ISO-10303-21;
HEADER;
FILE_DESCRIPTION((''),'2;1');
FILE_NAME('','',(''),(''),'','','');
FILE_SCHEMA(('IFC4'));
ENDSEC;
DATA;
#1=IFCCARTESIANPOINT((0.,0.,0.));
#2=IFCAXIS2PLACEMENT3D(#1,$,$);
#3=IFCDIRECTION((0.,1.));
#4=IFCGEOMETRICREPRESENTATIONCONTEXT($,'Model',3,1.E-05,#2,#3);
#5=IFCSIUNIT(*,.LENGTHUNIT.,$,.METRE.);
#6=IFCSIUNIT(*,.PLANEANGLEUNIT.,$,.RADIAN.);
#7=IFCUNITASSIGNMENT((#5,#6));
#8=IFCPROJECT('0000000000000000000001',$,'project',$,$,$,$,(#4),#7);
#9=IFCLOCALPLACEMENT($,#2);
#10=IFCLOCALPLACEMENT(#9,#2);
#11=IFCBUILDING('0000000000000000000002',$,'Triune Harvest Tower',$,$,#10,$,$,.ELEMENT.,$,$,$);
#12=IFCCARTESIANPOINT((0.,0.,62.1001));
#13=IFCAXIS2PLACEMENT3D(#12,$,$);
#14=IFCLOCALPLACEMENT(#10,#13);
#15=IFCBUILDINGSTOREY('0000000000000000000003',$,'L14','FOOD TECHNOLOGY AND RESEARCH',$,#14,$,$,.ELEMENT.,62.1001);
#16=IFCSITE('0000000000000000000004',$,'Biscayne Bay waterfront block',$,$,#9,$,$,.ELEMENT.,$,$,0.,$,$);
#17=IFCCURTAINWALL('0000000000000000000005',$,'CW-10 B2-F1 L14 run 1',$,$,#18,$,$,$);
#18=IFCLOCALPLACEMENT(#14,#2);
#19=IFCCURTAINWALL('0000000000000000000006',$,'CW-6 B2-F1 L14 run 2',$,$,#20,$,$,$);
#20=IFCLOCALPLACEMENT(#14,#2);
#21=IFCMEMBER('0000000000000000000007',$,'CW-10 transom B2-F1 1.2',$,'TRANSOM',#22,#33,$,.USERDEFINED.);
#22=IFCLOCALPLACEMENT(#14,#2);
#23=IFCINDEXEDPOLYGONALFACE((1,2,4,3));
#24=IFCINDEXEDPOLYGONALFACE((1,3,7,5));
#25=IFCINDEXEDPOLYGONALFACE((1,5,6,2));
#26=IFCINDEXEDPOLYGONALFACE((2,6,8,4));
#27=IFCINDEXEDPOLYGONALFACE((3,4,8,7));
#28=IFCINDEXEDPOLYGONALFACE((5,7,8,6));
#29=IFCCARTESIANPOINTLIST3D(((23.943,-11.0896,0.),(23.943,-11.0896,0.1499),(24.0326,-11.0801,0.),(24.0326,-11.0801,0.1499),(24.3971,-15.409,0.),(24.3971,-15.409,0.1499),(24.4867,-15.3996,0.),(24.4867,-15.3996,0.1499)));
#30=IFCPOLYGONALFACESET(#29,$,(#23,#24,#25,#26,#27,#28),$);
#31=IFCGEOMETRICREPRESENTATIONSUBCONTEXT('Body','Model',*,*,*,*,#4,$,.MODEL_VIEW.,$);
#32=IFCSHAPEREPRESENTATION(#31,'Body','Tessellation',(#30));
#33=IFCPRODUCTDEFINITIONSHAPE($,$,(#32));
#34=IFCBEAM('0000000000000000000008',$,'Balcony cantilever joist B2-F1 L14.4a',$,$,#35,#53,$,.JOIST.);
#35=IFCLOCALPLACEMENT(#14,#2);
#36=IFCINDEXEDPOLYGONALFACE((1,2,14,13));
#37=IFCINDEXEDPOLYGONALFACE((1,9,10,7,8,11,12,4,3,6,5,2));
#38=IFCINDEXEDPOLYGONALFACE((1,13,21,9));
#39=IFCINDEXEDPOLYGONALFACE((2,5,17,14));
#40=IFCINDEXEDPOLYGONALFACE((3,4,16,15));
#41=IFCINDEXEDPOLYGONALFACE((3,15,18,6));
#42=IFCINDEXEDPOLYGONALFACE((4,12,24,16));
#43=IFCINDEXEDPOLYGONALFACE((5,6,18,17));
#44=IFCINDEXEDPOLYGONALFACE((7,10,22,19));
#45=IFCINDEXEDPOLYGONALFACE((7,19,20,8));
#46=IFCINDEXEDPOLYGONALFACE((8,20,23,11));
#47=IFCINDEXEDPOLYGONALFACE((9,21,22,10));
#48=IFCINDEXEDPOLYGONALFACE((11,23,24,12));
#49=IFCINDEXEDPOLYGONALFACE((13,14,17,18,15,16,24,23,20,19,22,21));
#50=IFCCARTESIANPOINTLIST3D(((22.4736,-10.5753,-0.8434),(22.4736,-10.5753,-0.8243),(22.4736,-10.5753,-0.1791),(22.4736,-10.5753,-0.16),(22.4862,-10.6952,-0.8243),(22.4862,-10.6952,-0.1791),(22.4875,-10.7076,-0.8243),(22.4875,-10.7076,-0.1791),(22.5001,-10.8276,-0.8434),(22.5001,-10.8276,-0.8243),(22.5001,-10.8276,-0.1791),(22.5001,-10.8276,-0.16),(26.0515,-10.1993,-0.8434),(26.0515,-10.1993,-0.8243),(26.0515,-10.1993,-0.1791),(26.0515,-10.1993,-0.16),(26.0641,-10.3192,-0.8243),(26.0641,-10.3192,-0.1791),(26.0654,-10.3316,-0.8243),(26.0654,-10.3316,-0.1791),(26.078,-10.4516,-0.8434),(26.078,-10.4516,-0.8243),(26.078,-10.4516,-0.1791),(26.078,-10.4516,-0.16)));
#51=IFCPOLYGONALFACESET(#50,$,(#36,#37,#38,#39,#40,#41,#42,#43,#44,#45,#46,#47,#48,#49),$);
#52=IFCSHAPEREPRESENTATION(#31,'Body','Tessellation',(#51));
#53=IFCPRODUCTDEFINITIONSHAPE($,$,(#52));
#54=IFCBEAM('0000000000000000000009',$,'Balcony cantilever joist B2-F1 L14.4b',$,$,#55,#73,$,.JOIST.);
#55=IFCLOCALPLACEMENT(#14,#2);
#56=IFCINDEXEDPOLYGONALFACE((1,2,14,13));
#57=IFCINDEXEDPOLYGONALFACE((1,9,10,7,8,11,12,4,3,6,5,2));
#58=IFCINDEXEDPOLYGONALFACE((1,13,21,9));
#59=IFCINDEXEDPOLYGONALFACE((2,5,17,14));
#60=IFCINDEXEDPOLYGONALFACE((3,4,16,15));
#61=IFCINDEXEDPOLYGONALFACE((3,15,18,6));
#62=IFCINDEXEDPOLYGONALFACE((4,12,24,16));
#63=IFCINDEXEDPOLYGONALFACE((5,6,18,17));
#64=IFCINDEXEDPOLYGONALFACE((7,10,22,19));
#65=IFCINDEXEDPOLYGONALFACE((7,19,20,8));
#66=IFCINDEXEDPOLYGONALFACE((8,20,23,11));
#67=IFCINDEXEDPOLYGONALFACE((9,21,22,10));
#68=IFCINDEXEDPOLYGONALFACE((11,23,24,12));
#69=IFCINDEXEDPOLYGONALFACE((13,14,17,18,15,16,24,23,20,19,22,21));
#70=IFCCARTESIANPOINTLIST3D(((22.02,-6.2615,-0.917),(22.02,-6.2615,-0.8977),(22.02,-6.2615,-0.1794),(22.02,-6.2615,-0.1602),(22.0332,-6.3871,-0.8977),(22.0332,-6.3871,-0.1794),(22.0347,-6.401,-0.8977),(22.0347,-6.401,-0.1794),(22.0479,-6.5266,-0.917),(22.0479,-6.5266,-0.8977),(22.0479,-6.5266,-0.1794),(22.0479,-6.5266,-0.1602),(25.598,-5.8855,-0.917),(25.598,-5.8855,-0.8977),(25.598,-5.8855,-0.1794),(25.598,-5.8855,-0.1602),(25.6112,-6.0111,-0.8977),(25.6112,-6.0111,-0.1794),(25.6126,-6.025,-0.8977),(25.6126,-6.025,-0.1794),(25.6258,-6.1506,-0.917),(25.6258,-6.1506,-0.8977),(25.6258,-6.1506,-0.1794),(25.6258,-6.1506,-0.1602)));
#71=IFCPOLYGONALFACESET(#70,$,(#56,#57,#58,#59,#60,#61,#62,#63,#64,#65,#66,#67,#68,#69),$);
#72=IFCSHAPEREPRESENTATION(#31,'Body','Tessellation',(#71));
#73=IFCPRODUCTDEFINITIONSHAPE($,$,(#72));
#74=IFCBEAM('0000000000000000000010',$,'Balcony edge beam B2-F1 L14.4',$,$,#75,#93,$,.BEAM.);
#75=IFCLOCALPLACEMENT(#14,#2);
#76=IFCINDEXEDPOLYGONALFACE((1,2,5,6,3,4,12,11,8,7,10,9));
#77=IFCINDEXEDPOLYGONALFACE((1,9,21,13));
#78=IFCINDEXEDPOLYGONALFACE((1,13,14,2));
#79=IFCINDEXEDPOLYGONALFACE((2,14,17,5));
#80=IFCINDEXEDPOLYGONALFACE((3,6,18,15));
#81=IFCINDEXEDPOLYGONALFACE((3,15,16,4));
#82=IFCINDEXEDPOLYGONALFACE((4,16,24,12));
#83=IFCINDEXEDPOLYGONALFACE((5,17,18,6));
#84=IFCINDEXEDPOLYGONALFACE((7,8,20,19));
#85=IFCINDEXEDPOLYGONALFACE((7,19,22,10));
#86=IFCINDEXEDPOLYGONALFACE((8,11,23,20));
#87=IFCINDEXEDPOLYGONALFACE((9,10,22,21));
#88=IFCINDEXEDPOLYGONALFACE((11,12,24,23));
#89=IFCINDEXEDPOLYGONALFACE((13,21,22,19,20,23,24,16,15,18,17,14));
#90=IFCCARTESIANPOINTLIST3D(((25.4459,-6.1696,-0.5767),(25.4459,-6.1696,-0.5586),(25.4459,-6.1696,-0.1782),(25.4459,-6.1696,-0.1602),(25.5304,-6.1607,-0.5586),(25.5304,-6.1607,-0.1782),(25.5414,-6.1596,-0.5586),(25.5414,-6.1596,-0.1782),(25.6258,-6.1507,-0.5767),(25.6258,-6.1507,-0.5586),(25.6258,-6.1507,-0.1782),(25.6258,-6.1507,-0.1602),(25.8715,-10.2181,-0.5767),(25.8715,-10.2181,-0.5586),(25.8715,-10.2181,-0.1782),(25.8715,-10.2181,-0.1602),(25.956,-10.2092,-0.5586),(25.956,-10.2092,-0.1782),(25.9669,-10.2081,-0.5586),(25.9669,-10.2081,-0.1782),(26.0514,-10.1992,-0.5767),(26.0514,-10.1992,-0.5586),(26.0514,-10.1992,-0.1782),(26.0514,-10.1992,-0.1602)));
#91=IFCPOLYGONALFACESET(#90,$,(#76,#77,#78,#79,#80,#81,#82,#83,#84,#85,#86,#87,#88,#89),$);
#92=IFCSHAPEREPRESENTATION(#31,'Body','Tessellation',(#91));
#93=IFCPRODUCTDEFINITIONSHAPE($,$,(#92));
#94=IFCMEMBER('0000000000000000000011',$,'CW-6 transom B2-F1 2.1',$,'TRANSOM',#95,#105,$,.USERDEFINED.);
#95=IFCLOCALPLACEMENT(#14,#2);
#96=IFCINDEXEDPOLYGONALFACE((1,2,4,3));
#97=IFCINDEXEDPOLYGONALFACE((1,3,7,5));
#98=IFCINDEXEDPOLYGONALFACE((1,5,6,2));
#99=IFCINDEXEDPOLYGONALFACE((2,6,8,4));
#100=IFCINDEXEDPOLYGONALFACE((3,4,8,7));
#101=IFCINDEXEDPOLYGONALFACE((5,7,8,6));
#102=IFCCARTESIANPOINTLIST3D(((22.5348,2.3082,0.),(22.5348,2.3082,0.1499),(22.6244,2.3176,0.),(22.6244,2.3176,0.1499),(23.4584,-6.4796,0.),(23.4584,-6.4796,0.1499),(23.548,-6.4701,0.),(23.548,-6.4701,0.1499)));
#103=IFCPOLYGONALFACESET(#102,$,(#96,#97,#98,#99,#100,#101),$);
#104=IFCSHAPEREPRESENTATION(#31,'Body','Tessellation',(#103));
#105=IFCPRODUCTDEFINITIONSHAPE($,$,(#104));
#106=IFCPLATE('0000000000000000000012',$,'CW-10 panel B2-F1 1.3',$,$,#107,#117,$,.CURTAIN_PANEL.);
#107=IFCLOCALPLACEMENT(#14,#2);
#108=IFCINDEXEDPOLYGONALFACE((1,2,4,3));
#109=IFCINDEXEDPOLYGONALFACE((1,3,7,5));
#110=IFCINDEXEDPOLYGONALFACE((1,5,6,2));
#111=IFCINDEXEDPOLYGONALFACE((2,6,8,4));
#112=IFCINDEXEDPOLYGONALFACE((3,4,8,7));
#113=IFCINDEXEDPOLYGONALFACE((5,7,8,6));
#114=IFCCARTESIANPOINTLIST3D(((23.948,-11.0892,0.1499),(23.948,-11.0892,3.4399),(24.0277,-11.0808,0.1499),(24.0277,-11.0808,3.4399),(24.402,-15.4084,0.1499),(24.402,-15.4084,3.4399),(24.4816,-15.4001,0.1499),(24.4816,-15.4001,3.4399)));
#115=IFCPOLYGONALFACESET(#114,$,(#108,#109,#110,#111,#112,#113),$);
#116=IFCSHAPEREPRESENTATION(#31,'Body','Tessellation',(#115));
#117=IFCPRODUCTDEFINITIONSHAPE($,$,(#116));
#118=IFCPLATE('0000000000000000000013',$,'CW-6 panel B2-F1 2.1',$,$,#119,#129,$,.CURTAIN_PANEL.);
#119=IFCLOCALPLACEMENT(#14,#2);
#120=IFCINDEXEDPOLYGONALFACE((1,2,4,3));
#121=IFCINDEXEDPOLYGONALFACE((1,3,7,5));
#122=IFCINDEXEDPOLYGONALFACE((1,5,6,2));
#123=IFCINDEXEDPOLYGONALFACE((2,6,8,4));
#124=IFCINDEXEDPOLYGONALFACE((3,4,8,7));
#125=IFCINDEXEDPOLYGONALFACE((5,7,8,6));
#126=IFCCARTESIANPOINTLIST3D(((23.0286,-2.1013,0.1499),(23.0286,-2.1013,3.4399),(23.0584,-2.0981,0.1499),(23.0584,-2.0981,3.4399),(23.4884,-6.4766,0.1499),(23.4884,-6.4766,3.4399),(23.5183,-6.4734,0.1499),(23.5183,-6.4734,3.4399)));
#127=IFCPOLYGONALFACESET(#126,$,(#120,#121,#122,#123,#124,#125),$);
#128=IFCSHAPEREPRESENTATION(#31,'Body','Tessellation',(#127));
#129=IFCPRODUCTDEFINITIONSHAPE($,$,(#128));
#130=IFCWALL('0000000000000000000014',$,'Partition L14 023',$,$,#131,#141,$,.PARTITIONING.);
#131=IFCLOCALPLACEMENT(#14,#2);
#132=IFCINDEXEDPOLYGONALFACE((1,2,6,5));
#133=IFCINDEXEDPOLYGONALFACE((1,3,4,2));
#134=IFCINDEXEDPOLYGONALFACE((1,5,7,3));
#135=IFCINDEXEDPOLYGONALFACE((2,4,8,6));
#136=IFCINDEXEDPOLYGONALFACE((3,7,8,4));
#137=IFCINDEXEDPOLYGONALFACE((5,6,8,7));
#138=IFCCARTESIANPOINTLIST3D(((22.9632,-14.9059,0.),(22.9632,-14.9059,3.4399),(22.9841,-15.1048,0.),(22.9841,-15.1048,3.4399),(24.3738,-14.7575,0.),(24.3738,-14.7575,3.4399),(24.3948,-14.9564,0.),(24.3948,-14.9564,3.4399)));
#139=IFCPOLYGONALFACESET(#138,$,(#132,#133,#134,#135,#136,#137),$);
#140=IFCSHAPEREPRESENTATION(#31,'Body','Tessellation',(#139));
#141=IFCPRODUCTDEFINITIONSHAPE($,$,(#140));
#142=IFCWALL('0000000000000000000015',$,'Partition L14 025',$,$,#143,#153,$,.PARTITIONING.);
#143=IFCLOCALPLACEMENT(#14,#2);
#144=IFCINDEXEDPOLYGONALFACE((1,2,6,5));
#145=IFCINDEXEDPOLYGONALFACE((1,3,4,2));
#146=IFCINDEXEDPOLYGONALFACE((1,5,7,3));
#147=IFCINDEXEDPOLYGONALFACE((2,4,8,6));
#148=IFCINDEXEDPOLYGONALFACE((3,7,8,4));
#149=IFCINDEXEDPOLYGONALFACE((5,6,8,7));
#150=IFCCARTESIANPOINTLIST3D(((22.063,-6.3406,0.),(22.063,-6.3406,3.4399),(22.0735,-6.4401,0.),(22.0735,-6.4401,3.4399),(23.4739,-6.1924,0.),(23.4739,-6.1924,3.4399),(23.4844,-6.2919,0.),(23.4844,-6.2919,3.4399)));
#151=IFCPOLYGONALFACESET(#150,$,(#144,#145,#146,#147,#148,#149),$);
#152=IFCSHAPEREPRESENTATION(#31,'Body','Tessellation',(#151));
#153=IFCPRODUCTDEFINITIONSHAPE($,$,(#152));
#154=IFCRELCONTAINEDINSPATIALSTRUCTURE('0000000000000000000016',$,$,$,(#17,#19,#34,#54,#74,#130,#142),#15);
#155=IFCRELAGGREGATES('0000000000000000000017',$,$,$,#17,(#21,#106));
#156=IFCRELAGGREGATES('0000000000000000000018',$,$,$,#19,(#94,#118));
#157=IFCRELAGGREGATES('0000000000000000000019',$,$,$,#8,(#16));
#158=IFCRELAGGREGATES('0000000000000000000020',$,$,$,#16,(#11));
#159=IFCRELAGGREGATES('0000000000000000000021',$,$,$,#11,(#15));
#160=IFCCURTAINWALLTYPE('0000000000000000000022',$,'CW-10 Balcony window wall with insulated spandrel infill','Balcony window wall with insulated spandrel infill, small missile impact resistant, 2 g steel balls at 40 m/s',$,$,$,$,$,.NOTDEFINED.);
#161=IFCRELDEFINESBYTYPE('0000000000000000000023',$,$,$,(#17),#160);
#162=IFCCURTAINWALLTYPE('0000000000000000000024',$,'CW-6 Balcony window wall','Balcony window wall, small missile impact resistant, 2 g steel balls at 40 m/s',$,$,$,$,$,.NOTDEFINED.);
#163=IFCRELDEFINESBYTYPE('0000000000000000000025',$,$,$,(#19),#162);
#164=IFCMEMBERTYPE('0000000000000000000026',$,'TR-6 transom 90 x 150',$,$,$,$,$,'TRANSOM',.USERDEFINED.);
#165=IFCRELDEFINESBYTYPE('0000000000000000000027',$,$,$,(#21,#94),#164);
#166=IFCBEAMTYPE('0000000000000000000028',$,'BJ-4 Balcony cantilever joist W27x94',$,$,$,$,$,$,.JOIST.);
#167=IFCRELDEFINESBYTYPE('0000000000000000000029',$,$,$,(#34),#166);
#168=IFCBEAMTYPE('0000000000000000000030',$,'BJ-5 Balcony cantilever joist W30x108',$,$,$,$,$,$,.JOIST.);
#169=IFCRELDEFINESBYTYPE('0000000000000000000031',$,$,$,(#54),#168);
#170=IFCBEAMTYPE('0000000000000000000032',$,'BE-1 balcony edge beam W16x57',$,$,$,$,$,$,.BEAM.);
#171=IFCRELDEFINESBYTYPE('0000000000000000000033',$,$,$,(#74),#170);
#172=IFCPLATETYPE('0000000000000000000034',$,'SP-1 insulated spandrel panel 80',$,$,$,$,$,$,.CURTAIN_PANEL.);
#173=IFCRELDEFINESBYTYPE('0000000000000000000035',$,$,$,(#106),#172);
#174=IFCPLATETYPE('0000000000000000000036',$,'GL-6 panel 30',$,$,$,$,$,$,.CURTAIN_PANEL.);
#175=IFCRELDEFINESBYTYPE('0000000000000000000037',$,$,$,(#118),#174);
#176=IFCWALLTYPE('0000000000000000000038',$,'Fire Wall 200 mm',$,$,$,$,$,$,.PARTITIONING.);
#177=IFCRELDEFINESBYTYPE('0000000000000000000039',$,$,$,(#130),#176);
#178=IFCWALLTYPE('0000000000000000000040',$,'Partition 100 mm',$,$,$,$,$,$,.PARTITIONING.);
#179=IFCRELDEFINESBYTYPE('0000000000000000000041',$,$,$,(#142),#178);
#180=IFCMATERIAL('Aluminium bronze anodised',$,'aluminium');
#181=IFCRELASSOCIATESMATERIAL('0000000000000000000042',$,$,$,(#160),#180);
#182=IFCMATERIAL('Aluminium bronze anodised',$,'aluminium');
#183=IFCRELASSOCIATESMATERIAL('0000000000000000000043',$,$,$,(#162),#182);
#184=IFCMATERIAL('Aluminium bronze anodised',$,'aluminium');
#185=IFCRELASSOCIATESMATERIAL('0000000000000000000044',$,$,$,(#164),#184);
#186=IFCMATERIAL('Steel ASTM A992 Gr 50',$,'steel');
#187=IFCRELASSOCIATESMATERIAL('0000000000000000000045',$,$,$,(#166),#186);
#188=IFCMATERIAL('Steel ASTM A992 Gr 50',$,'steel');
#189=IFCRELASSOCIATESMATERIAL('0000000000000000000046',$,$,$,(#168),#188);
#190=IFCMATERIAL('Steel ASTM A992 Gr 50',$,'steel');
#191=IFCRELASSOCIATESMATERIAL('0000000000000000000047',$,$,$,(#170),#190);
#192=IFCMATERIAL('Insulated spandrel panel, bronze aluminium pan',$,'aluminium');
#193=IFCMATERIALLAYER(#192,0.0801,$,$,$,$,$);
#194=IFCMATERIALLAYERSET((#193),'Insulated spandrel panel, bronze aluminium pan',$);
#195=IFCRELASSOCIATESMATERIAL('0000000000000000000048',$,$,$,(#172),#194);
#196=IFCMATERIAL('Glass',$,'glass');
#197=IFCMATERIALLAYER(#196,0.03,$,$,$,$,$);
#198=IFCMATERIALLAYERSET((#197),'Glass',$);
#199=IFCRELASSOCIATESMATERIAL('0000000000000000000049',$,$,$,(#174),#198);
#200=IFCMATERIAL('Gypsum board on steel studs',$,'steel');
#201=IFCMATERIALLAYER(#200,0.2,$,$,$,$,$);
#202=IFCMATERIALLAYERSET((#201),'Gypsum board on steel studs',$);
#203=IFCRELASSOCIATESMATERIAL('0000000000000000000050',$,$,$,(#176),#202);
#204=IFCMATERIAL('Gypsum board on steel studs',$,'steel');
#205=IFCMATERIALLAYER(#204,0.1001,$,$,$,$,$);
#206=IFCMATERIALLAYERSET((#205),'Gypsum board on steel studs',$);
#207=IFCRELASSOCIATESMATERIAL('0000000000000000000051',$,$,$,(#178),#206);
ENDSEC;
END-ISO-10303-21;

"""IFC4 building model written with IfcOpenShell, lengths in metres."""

from ifc_helpers import new_model, si_unit, direction, frame, frame_2d, origin, origin_2d, place, context, subcontext, project, spatial, rectangle, i_section, extrude, source, transform, mapped, material, layer, layer_set, material_profile, profile_set, type_object, element, aggregate, save


model = new_model("IFC4")

# Units and contexts
model_context = context("Model", 3, precision=1e-05, world=origin(), true_north=direction((0.0, 1.0)))
body_context = subcontext(model_context, "Body", "Model", "MODEL_VIEW")
ifc_project = project(units=[si_unit("LENGTHUNIT", "METRE"), si_unit("PLANEANGLEUNIT", "RADIAN")], contexts=[model_context])

# Site, building, storey
site_placement = place(None, origin())
site = spatial("IfcSite", under=ifc_project, at=site_placement, Name="Biscayne Bay waterfront block", CompositionType="ELEMENT", RefElevation=0.0)
building_placement = place(site_placement, origin())
building = spatial("IfcBuilding", under=site, at=building_placement, Name="Triune Harvest Tower", CompositionType="ELEMENT")
storey_placement = place(building_placement, frame((0.0, 0.0, 62.1001)))
storey = spatial("IfcBuildingStorey", under=building, at=storey_placement, Name="L14", Description="FOOD TECHNOLOGY AND RESEARCH", CompositionType="ELEMENT", Elevation=62.1001)

# Curtain wall
ifc_material_1 = material(Name="Aluminium bronze anodised", Category="aluminium")
curtain_wall_type_1 = type_object("IfcCurtainWallType", Name="CW-10 Balcony window wall with insulated spandrel infill", Description="Balcony window wall with insulated spandrel infill, small missile impact resistant, 2 g steel balls at 40 m/s", PredefinedType="NOTDEFINED", material=ifc_material_1)
curtain_wall_1_placement = place(storey_placement, origin())
curtain_wall_1 = element("IfcCurtainWall", 1, at=curtain_wall_1_placement, inside=storey, type_object=curtain_wall_type_1, Name="CW-10 B2-F1 L14 run 1")

# Curtain wall
ifc_material_2 = material(Name="Aluminium bronze anodised", Category="aluminium")
curtain_wall_type_2 = type_object("IfcCurtainWallType", Name="CW-6 Balcony window wall", Description="Balcony window wall, small missile impact resistant, 2 g steel balls at 40 m/s", PredefinedType="NOTDEFINED", material=ifc_material_2)
curtain_wall_2_placement = place(storey_placement, origin())
curtain_wall_2 = element("IfcCurtainWall", 2, at=curtain_wall_2_placement, inside=storey, type_object=curtain_wall_type_2, Name="CW-6 B2-F1 L14 run 2")

# Member
ifc_material_3 = material(Name="Aluminium bronze anodised", Category="aluminium")
ifc_material_profile_1 = material_profile(ifc_material_3, rectangle(XDim=0.0901, YDim=0.1499, at=origin_2d()), Name="TR-6 transom 90 x 150")
ifc_profile_set_1 = profile_set([ifc_material_profile_1], Name="Aluminium bronze anodised")
member_type_1 = type_object("IfcMemberType", Name="TR-6 transom 90 x 150", ElementType="TRANSOM", PredefinedType="USERDEFINED", material=ifc_profile_set_1)
shared_shape_1 = source(origin(), body_context, "Body", "SweptSolid", [
    extrude(rectangle(XDim=0.0901, YDim=0.1499, at=origin_2d()), origin(), (0.0, 0.0, 1.0), 4.3433),
])
member_1_placement = place(storey_placement, frame((24.4419, -15.4043, 0.075), z_axis=(-0.104556, 0.994519, 0.0), x_axis=(-0.994519, -0.104556, 0.0)))
member_1 = element("IfcMember", 3, at=member_1_placement, type_object=member_type_1, Name="CW-10 transom B2-F1 1.2", ObjectType="TRANSOM", PredefinedType="USERDEFINED", context=body_context, shape_type="MappedRepresentation", body=[
    mapped(shared_shape_1, transform((0.0, 0.0, 0.0), scale=1.0)),
])

# Beams
ifc_material_4 = material(Name="Steel ASTM A992 Gr 50", Category="steel")
ifc_material_profile_2 = material_profile(ifc_material_4, i_section(OverallWidth=0.2537, OverallDepth=0.6833, WebThickness=0.0125, FlangeThickness=0.019, at=origin_2d()), Name="W27x94")
ifc_profile_set_2 = profile_set([ifc_material_profile_2], Name="Steel ASTM A992 Gr 50")
beam_type_1 = type_object("IfcBeamType", Name="BJ-4 Balcony cantilever joist W27x94", PredefinedType="JOIST", material=ifc_profile_set_2)
shared_shape_2 = source(origin(), body_context, "Body", "SweptSolid", [
    extrude(i_section(OverallWidth=0.2537, OverallDepth=0.6833, WebThickness=0.0125, FlangeThickness=0.019, at=origin_2d()), origin(), (0.0, 0.0, 1.0), 3.5977),
])
beam_1_placement = place(storey_placement, frame((22.4868, -10.7014, -0.5017), z_axis=(0.994524, 0.104508, 0.0), x_axis=(-0.104508, 0.994524, 0.0)))
element("IfcBeam", 4, at=beam_1_placement, inside=storey, type_object=beam_type_1, Name="Balcony cantilever joist B2-F1 L14.4a", PredefinedType="JOIST", context=body_context, shape_type="MappedRepresentation", body=[
    mapped(shared_shape_2, transform((0.0, 0.0, 0.0), scale=1.0)),
])
ifc_material_5 = material(Name="Steel ASTM A992 Gr 50", Category="steel")
ifc_material_profile_3 = material_profile(ifc_material_5, i_section(OverallWidth=0.2666, OverallDepth=0.7568, WebThickness=0.0139, FlangeThickness=0.0193, at=origin_2d()), Name="W30x108")
ifc_profile_set_3 = profile_set([ifc_material_profile_3], Name="Steel ASTM A992 Gr 50")
beam_type_2 = type_object("IfcBeamType", Name="BJ-5 Balcony cantilever joist W30x108", PredefinedType="JOIST", material=ifc_profile_set_3)
shared_shape_3 = source(origin(), body_context, "Body", "SweptSolid", [
    extrude(i_section(OverallWidth=0.2666, OverallDepth=0.7568, WebThickness=0.0139, FlangeThickness=0.0193, at=origin_2d()), origin(), (0.0, 0.0, 1.0), 3.5977),
])
beam_2_placement = place(storey_placement, frame((22.0339, -6.394, -0.5386), z_axis=(0.994524, 0.104508, 0.0), x_axis=(-0.104508, 0.994524, 0.0)))
element("IfcBeam", 5, at=beam_2_placement, inside=storey, type_object=beam_type_2, Name="Balcony cantilever joist B2-F1 L14.4b", PredefinedType="JOIST", context=body_context, shape_type="MappedRepresentation", body=[
    mapped(shared_shape_3, transform((0.0, 0.0, 0.0), scale=1.0)),
])
ifc_material_6 = material(Name="Steel ASTM A992 Gr 50", Category="steel")
ifc_material_profile_4 = material_profile(ifc_material_6, i_section(OverallWidth=0.1809, OverallDepth=0.4165, WebThickness=0.011, FlangeThickness=0.0181, at=origin_2d()), Name="W16x57")
ifc_profile_set_4 = profile_set([ifc_material_profile_4], Name="Steel ASTM A992 Gr 50")
beam_type_3 = type_object("IfcBeamType", Name="BE-1 balcony edge beam W16x57", PredefinedType="BEAM", material=ifc_profile_set_4)
shared_shape_4 = source(origin(), body_context, "Body", "SweptSolid", [
    extrude(i_section(OverallWidth=0.1809, OverallDepth=0.4165, WebThickness=0.011, FlangeThickness=0.0181, at=origin_2d()), origin(), (0.0, 0.0, 1.0), 4.0708),
])
beam_3_placement = place(storey_placement, frame((25.5359, -6.1602, -0.3684), z_axis=(0.104532, -0.994522, 0.0), x_axis=(0.994522, 0.104532, 0.0)))
element("IfcBeam", 6, at=beam_3_placement, inside=storey, type_object=beam_type_3, Name="Balcony edge beam B2-F1 L14.4", PredefinedType="BEAM", context=body_context, shape_type="MappedRepresentation", body=[
    mapped(shared_shape_4, transform((0.0, 0.0, 0.0), scale=1.0)),
])

# Member
shared_shape_5 = source(origin(), body_context, "Body", "SweptSolid", [
    extrude(rectangle(XDim=0.0901, YDim=0.1499, at=origin_2d()), origin(), (0.0, 0.0, 1.0), 8.8362),
])
member_2_placement = place(storey_placement, frame((23.5032, -6.4749, 0.075), z_axis=(-0.104522, 0.994523, 0.0), x_axis=(-0.994523, -0.104522, 0.0)))
member_2 = element("IfcMember", 7, at=member_2_placement, type_object=member_type_1, Name="CW-6 transom B2-F1 2.1", ObjectType="TRANSOM", PredefinedType="USERDEFINED", context=body_context, shape_type="MappedRepresentation", body=[
    mapped(shared_shape_5, transform((0.0, 0.0, 0.0), scale=1.0)),
])

# Plates
ifc_material_7 = material(Name="Insulated spandrel panel, bronze aluminium pan", Category="aluminium")
ifc_layer_1 = layer(ifc_material_7, 0.0801)
ifc_layer_set_1 = layer_set([ifc_layer_1], Name="Insulated spandrel panel, bronze aluminium pan")
plate_type_1 = type_object("IfcPlateType", Name="SP-1 insulated spandrel panel 80", PredefinedType="CURTAIN_PANEL", material=ifc_layer_set_1)
shared_shape_6 = source(origin(), body_context, "Body", "SweptSolid", [
    extrude(rectangle(XDim=4.343, YDim=0.0801, at=origin_2d()), origin(), (0.0, 0.0, 1.0), 3.29),
])
plate_1_placement = place(storey_placement, frame((24.2148, -13.2446, 0.1499), z_axis=(0.0, 0.0, 1.0), x_axis=(-0.104528, 0.994522, 0.0)))
plate_1 = element("IfcPlate", 8, at=plate_1_placement, type_object=plate_type_1, Name="CW-10 panel B2-F1 1.3", PredefinedType="CURTAIN_PANEL", context=body_context, shape_type="MappedRepresentation", body=[
    mapped(shared_shape_6, transform((0.0, 0.0, 0.0), scale=1.0)),
])
aggregate(curtain_wall_1, [member_1, plate_1])
ifc_material_8 = material(Name="Glass", Category="glass")
ifc_layer_2 = layer(ifc_material_8, 0.03)
ifc_layer_set_2 = layer_set([ifc_layer_2], Name="Glass")
plate_type_2 = type_object("IfcPlateType", Name="GL-6 panel 30", PredefinedType="CURTAIN_PANEL", material=ifc_layer_set_2)
shared_shape_7 = source(origin(), body_context, "Body", "SweptSolid", [
    extrude(rectangle(XDim=4.3994, YDim=0.03, at=origin_2d()), origin(), (0.0, 0.0, 1.0), 3.29),
])
plate_2_placement = place(storey_placement, frame((23.2734, -4.2874, 0.1499), z_axis=(0.0, 0.0, 1.0), x_axis=(-0.104528, 0.994522, 0.0)))
plate_2 = element("IfcPlate", 9, at=plate_2_placement, type_object=plate_type_2, Name="CW-6 panel B2-F1 2.1", PredefinedType="CURTAIN_PANEL", context=body_context, shape_type="MappedRepresentation", body=[
    mapped(shared_shape_7, transform((0.0, 0.0, 0.0), scale=1.0)),
])
aggregate(curtain_wall_2, [member_2, plate_2])

# Walls
ifc_material_9 = material(Name="Gypsum board on steel studs", Category="steel")
ifc_layer_3 = layer(ifc_material_9, 0.2)
ifc_layer_set_3 = layer_set([ifc_layer_3], Name="Gypsum board on steel studs")
wall_type_1 = type_object("IfcWallType", Name="Fire Wall 200 mm", PredefinedType="PARTITIONING", material=ifc_layer_set_3)
shared_shape_8 = source(origin(), body_context, "Body", "SweptSolid", [
    extrude(rectangle(XDim=1.4185, YDim=0.2, at=frame_2d((0.7092, 0.0))), origin(), (0.0, 0.0, 1.0), 3.4399),
])
wall_1_placement = place(storey_placement, frame((22.9736, -15.0054, 0.0), z_axis=(0.0, 0.0, 1.0), x_axis=(0.994509, 0.104649, 0.0)))
element("IfcWall", 10, at=wall_1_placement, inside=storey, type_object=wall_type_1, Name="Partition L14 023", PredefinedType="PARTITIONING", context=body_context, shape_type="MappedRepresentation", body=[
    mapped(shared_shape_8, transform((0.0, 0.0, 0.0), scale=1.0)),
])
ifc_material_10 = material(Name="Gypsum board on steel studs", Category="steel")
ifc_layer_4 = layer(ifc_material_10, 0.1001)
ifc_layer_set_4 = layer_set([ifc_layer_4], Name="Gypsum board on steel studs")
wall_type_2 = type_object("IfcWallType", Name="Partition 100 mm", PredefinedType="PARTITIONING", material=ifc_layer_set_4)
shared_shape_9 = source(origin(), body_context, "Body", "SweptSolid", [
    extrude(rectangle(XDim=1.4187, YDim=0.1001, at=frame_2d((0.7095, 0.0))), origin(), (0.0, 0.0, 1.0), 3.4399),
])
wall_2_placement = place(storey_placement, frame((22.0681, -6.3904, 0.0), z_axis=(0.0, 0.0, 1.0), x_axis=(0.994529, 0.104461, 0.0)))
element("IfcWall", 11, at=wall_2_placement, inside=storey, type_object=wall_type_2, Name="Partition L14 025", PredefinedType="PARTITIONING", context=body_context, shape_type="MappedRepresentation", body=[
    mapped(shared_shape_9, transform((0.0, 0.0, 0.0), scale=1.0)),
])

save(model, "model.ifc")
